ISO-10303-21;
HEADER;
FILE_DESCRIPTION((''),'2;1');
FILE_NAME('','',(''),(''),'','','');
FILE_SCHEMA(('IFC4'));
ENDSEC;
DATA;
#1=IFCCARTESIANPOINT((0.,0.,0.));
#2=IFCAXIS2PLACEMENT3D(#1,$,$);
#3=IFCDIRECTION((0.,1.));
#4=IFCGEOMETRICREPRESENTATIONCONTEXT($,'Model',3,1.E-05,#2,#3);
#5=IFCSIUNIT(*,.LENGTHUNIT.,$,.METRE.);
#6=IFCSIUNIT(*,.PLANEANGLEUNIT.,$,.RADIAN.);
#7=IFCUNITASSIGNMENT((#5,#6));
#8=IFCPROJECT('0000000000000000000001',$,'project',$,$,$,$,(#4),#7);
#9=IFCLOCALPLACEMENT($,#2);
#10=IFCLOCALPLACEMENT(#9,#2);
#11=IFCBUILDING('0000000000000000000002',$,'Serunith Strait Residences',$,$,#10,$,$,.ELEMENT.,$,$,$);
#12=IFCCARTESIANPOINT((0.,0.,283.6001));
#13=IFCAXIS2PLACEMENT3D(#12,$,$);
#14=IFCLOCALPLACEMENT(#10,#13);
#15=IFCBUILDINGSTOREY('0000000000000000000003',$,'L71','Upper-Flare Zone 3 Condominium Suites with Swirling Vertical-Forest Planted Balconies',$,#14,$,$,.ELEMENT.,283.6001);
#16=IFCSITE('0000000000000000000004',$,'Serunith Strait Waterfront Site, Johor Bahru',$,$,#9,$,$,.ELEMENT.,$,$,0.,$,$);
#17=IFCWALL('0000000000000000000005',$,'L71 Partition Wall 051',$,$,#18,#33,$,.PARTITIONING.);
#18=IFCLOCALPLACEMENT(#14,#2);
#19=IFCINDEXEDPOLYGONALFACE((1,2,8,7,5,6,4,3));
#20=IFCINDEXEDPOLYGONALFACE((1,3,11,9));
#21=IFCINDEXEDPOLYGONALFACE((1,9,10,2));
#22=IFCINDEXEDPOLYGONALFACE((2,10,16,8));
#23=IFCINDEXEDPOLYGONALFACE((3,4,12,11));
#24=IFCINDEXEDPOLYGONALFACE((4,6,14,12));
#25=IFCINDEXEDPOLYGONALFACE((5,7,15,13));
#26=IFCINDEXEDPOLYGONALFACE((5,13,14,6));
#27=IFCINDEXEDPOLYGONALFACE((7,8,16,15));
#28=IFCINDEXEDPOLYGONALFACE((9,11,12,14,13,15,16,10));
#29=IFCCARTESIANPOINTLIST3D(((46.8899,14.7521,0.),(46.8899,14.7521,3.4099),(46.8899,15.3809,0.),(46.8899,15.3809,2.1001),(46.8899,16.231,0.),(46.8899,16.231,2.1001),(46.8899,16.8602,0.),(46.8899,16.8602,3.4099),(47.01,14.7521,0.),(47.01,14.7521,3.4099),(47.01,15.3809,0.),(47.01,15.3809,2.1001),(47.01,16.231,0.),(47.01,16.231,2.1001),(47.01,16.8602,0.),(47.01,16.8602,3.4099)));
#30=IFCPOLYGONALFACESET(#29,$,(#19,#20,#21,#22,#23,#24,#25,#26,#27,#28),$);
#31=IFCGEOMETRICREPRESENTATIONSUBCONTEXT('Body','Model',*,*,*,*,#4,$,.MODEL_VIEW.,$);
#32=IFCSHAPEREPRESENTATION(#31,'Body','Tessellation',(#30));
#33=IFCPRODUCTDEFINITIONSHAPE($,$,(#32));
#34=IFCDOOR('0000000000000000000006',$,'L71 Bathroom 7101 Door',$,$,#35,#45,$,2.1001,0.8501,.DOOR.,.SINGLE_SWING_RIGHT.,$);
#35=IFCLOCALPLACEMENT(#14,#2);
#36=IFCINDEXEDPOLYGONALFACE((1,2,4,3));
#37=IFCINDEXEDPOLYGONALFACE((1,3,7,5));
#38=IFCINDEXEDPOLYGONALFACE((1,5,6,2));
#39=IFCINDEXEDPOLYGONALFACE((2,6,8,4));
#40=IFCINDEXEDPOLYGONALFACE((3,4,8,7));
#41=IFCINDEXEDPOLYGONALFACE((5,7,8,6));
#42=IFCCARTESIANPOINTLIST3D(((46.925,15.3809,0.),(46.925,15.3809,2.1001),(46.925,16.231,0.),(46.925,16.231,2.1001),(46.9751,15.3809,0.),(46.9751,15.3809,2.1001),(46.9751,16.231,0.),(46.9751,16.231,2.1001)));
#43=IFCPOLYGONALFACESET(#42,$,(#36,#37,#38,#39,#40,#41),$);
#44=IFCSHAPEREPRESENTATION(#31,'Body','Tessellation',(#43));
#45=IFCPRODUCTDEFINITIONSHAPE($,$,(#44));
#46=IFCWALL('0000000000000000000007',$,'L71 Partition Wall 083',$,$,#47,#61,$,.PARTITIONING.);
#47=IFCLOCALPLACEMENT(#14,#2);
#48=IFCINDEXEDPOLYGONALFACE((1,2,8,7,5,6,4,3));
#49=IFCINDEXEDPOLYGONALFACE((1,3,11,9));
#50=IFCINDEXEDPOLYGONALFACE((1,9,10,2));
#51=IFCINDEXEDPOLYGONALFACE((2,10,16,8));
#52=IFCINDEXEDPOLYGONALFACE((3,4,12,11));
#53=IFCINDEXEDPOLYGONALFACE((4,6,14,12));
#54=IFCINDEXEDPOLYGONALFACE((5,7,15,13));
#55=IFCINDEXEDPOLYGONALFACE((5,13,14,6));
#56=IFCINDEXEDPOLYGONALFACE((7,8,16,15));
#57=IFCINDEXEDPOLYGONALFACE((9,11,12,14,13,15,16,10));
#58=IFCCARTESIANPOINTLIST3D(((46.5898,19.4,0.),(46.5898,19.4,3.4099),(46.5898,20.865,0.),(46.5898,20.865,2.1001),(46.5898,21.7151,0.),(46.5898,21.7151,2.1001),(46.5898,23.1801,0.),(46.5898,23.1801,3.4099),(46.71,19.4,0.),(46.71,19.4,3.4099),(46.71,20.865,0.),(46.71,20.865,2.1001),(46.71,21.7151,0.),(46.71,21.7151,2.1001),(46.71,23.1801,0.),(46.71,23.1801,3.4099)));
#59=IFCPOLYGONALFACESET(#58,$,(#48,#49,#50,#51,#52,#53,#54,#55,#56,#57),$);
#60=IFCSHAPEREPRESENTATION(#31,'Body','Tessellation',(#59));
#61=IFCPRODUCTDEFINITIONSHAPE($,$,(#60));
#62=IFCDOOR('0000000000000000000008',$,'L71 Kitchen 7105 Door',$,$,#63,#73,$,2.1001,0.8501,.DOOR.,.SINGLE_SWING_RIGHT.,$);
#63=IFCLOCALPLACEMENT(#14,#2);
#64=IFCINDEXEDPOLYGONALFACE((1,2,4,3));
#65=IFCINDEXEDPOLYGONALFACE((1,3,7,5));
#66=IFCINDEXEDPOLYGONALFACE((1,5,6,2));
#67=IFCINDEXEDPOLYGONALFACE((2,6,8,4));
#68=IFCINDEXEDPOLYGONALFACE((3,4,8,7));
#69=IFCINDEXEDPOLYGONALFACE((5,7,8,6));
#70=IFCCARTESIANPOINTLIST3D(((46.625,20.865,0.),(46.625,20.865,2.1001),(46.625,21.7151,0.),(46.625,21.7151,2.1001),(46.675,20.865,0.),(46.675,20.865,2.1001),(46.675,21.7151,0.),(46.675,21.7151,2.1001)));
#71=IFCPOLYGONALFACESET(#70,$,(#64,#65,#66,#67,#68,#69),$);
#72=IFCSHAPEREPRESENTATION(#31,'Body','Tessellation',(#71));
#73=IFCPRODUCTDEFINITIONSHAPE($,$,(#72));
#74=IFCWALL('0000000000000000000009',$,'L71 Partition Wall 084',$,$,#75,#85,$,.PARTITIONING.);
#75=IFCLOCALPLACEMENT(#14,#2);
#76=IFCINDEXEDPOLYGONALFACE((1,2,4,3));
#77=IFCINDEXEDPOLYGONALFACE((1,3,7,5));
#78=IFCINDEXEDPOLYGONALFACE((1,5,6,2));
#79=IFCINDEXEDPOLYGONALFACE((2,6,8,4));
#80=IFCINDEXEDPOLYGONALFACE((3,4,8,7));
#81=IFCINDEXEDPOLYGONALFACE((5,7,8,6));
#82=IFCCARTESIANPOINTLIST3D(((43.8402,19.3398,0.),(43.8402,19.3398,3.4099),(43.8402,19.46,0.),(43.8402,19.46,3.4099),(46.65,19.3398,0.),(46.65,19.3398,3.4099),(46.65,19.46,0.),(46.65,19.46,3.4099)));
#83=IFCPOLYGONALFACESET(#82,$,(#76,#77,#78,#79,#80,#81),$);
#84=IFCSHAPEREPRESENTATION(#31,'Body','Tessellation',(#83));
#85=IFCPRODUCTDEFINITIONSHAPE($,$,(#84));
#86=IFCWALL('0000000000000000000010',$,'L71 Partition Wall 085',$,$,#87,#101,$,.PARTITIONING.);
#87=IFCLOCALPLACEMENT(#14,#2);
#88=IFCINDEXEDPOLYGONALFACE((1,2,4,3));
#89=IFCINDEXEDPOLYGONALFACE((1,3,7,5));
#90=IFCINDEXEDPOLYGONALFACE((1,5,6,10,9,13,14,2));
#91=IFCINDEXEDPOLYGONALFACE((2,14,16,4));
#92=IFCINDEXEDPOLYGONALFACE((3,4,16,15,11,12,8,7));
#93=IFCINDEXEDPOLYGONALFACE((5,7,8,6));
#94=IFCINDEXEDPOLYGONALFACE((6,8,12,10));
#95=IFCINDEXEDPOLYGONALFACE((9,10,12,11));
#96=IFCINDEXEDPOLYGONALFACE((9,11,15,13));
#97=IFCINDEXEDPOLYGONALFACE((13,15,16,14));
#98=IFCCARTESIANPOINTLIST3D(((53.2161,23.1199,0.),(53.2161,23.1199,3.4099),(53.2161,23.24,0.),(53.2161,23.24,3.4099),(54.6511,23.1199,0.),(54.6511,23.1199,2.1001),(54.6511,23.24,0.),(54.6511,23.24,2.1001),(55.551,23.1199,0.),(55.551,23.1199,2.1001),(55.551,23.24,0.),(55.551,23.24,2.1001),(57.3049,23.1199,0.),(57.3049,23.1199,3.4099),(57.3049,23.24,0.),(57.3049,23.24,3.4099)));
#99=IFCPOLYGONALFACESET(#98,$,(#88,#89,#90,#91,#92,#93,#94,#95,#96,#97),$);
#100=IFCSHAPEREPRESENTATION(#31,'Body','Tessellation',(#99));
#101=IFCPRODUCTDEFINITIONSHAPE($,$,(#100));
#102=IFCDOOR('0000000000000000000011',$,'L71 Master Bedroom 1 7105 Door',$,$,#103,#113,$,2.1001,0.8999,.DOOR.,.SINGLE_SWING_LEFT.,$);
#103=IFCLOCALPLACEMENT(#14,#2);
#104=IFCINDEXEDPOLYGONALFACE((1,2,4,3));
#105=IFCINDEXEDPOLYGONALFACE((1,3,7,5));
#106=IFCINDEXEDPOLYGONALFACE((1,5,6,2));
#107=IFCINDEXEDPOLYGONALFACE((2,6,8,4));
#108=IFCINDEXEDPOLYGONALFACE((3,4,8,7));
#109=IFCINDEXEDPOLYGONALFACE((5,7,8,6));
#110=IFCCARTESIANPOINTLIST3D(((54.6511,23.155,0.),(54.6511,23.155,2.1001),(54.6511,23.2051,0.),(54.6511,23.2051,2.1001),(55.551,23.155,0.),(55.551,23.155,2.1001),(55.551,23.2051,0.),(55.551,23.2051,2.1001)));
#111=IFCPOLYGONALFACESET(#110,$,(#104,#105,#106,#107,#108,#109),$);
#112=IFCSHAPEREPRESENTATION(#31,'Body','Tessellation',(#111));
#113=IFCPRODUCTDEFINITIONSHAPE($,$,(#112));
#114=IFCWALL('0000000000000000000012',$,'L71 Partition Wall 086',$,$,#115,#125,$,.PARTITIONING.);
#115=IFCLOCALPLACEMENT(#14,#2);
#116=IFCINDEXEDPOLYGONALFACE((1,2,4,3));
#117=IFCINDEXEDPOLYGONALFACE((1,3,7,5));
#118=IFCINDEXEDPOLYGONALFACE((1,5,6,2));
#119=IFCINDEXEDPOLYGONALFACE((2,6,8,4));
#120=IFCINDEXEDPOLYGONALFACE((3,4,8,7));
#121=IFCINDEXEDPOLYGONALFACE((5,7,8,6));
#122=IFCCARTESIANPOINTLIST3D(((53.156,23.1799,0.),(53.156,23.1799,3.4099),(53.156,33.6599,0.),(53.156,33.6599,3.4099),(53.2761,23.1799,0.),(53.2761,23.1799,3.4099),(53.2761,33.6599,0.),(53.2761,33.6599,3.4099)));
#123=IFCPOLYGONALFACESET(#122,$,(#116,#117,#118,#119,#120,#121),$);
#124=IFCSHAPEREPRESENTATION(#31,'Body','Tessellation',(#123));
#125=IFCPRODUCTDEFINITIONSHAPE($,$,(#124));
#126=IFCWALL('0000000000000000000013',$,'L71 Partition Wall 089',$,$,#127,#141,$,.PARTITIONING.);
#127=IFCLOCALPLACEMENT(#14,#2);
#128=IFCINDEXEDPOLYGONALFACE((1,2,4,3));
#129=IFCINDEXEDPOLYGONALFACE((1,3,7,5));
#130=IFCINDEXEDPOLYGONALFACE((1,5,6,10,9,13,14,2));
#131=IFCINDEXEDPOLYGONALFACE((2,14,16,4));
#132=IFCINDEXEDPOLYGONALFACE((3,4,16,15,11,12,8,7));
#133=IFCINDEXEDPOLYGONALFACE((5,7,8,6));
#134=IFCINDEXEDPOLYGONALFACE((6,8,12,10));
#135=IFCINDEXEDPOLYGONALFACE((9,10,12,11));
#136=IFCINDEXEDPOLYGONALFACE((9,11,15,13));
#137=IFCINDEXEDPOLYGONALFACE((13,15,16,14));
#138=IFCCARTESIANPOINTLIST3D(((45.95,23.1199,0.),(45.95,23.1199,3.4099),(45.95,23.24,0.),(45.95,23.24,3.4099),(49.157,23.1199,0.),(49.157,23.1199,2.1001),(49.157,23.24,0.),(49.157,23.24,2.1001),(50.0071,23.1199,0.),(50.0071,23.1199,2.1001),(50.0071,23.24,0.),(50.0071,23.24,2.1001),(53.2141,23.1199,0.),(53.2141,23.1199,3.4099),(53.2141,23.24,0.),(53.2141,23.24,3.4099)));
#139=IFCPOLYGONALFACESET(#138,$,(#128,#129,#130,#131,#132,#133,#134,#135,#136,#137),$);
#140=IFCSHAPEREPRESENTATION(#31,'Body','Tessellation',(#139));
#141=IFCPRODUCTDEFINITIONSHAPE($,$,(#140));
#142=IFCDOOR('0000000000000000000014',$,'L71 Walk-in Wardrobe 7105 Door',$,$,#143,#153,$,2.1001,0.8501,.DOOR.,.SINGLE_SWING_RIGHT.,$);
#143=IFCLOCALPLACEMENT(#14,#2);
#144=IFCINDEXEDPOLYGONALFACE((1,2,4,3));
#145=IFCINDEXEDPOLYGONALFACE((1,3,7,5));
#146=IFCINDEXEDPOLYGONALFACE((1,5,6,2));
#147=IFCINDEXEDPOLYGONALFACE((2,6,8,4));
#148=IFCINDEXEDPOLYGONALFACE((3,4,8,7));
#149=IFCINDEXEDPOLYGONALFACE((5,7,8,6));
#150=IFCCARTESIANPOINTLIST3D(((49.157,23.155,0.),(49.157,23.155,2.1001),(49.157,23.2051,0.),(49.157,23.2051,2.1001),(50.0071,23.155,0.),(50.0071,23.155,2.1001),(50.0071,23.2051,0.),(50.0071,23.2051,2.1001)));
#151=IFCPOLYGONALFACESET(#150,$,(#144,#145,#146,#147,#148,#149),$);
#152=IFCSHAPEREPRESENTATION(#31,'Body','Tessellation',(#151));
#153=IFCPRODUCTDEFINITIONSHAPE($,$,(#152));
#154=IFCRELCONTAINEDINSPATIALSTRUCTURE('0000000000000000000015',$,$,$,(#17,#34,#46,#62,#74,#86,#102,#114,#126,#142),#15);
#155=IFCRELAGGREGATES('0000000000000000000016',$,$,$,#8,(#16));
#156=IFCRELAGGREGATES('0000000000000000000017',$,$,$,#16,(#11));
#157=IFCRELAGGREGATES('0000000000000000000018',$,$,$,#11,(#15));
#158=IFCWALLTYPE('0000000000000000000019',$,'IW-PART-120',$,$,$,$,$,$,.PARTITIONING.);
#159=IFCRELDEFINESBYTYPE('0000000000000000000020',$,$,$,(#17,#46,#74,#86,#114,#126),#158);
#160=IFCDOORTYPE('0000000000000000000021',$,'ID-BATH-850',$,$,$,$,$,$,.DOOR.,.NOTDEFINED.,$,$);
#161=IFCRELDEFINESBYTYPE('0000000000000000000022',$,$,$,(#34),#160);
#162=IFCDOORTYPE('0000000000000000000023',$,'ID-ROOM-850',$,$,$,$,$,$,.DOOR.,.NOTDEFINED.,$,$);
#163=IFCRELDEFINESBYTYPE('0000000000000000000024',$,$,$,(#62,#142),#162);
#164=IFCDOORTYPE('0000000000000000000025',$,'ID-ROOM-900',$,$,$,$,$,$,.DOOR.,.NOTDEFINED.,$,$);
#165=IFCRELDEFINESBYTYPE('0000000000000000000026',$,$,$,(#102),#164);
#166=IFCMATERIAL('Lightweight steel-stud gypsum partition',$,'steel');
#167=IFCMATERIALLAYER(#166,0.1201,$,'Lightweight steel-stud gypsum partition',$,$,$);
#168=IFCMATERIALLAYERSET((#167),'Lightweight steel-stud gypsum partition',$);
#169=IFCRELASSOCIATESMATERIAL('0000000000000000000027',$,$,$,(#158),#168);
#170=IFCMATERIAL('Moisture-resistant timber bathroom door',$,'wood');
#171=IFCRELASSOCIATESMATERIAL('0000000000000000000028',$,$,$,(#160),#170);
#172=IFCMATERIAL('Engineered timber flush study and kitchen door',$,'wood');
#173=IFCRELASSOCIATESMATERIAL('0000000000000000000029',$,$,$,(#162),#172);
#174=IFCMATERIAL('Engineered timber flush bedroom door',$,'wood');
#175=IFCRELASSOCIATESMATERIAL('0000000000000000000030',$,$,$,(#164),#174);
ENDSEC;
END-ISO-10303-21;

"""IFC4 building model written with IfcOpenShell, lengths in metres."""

from ifc_helpers import new_model, si_unit, direction, frame, frame_2d, origin, place, context, subcontext, project, spatial, rectangle, extrude, source, transform, mapped, material, layer, layer_set, type_object, element, fill, save


model = new_model("IFC4")

# Units and contexts
model_context = context("Model", 3, precision=1e-05, world=origin(), true_north=direction((0.0, 1.0)))
body_context = subcontext(model_context, "Body", "Model", "MODEL_VIEW")
ifc_project = project(units=[si_unit("LENGTHUNIT", "METRE"), si_unit("PLANEANGLEUNIT", "RADIAN")], contexts=[model_context])

# Site, building, storey
site_placement = place(None, origin())
site = spatial("IfcSite", under=ifc_project, at=site_placement, Name="Serunith Strait Waterfront Site, Johor Bahru", CompositionType="ELEMENT", RefElevation=0.0)
building_placement = place(site_placement, origin())
building = spatial("IfcBuilding", under=site, at=building_placement, Name="Serunith Strait Residences", CompositionType="ELEMENT")
storey_placement = place(building_placement, frame((0.0, 0.0, 283.6001)))
storey = spatial("IfcBuildingStorey", under=building, at=storey_placement, Name="L71", Description="Upper-Flare Zone 3 Condominium Suites with Swirling Vertical-Forest Planted Balconies", CompositionType="ELEMENT", Elevation=283.6001)

# Shared definitions
ifc_material_1 = material(Name="Lightweight steel-stud gypsum partition", Category="steel")
ifc_layer_1 = layer(ifc_material_1, 0.1201, Name="Lightweight steel-stud gypsum partition")
ifc_layer_set_1 = layer_set([ifc_layer_1], Name="Lightweight steel-stud gypsum partition")
wall_type = type_object("IfcWallType", Name="IW-PART-120", PredefinedType="PARTITIONING", material=ifc_layer_set_1)

# Walls, openings, doors
wall_1_placement = place(storey_placement, frame((46.95, 14.752, 0.0), z_axis=(0.0, 0.0, 1.0), x_axis=(0.0, 1.0, 0.0)))
wall_1 = element("IfcWall", 1, at=wall_1_placement, inside=storey, type_object=wall_type, Name="L71 Partition Wall 051", PredefinedType="PARTITIONING", context=body_context, shape_type="SweptSolid", body=[
    extrude(rectangle(XDim=2.1082, YDim=0.1201, at=frame_2d((1.0542, 0.0))), origin(), (0.0, 0.0, 1.0), 3.4099),
])
opening_1_placement = place(wall_1_placement, frame((0.6289, 0.0, 0.0)))
opening_1 = element("IfcOpeningElement", 2, at=opening_1_placement, cuts=wall_1, PredefinedType="OPENING", context=body_context, shape_type="SweptSolid", body=[
    extrude(rectangle(XDim=0.8501, YDim=2.1001, at=frame_2d((0.425, 1.05))), frame((0.0, 0.0701, 0.0), z_axis=(0.0, -1.0, 0.0), x_axis=(1.0, 0.0, 0.0)), (0.0, 0.0, 1.0), 0.1401),
])
ifc_material_2 = material(Name="Moisture-resistant timber bathroom door", Category="wood")
door_type_1 = type_object("IfcDoorType", Name="ID-BATH-850", OperationType="NOTDEFINED", PredefinedType="DOOR", material=ifc_material_2)
shared_shape_1 = source(origin(), body_context, "Body", "SweptSolid", [
    extrude(rectangle(XDim=0.8501, YDim=2.1001, at=frame_2d((0.425, 1.05))), frame((0.0, 0.0249, 0.0), z_axis=(0.0, -1.0, 0.0), x_axis=(1.0, 0.0, 0.0)), (0.0, 0.0, 1.0), 0.05),
])
door_1_placement = place(opening_1_placement, origin())
door_1 = element("IfcDoor", 3, at=door_1_placement, inside=storey, type_object=door_type_1, Name="L71 Bathroom 7101 Door", OperationType="SINGLE_SWING_RIGHT", OverallHeight=2.1001, OverallWidth=0.8501, PredefinedType="DOOR", context=body_context, shape_type="MappedRepresentation", body=[
    mapped(shared_shape_1, transform((0.0, 0.0, 0.0), scale=1.0)),
])
fill(opening_1, door_1)
wall_2_placement = place(storey_placement, frame((46.6499, 19.3999, 0.0), z_axis=(0.0, 0.0, 1.0), x_axis=(0.0, 1.0, 0.0)))
wall_2 = element("IfcWall", 4, at=wall_2_placement, inside=storey, type_object=wall_type, Name="L71 Partition Wall 083", PredefinedType="PARTITIONING", context=body_context, shape_type="SweptSolid", body=[
    extrude(rectangle(XDim=3.78, YDim=0.1201, at=frame_2d((1.8901, 0.0))), origin(), (0.0, 0.0, 1.0), 3.4099),
])
opening_2_placement = place(wall_2_placement, frame((1.4651, 0.0, 0.0)))
opening_2 = element("IfcOpeningElement", 5, at=opening_2_placement, cuts=wall_2, PredefinedType="OPENING", context=body_context, shape_type="SweptSolid", body=[
    extrude(rectangle(XDim=0.8501, YDim=2.1001, at=frame_2d((0.425, 1.05))), frame((0.0, 0.0701, 0.0), z_axis=(0.0, -1.0, 0.0), x_axis=(1.0, 0.0, 0.0)), (0.0, 0.0, 1.0), 0.1401),
])
ifc_material_3 = material(Name="Engineered timber flush study and kitchen door", Category="wood")
door_type_2 = type_object("IfcDoorType", Name="ID-ROOM-850", OperationType="NOTDEFINED", PredefinedType="DOOR", material=ifc_material_3)
door_2_placement = place(opening_2_placement, origin())
door_2 = element("IfcDoor", 6, at=door_2_placement, inside=storey, type_object=door_type_2, Name="L71 Kitchen 7105 Door", OperationType="SINGLE_SWING_RIGHT", OverallHeight=2.1001, OverallWidth=0.8501, PredefinedType="DOOR", context=body_context, shape_type="MappedRepresentation", body=[
    mapped(shared_shape_1, transform((0.0, 0.0, 0.0), scale=1.0)),
])
fill(opening_2, door_2)

# Wall
wall_3_placement = place(storey_placement, frame((46.6499, 19.3999, 0.0), z_axis=(0.0, 0.0, 1.0), x_axis=(-1.0, 0.0, 0.0)))
element("IfcWall", 7, at=wall_3_placement, inside=storey, type_object=wall_type, Name="L71 Partition Wall 084", PredefinedType="PARTITIONING", context=body_context, shape_type="SweptSolid", body=[
    extrude(rectangle(XDim=2.8098, YDim=0.1201, at=frame_2d((1.4048, 0.0))), origin(), (0.0, 0.0, 1.0), 3.4099),
])

# Wall, opening, door
wall_4_placement = place(storey_placement, frame((57.3049, 23.1799, 0.0), z_axis=(0.0, 0.0, 1.0), x_axis=(-1.0, 0.0, 0.0)))
wall_4 = element("IfcWall", 8, at=wall_4_placement, inside=storey, type_object=wall_type, Name="L71 Partition Wall 085", PredefinedType="PARTITIONING", context=body_context, shape_type="SweptSolid", body=[
    extrude(rectangle(XDim=4.0889, YDim=0.1201, at=frame_2d((2.0444, 0.0))), origin(), (0.0, 0.0, 1.0), 3.4099),
])
opening_3_placement = place(wall_4_placement, frame((1.7539, 0.0, 0.0)))
opening_3 = element("IfcOpeningElement", 9, at=opening_3_placement, cuts=wall_4, PredefinedType="OPENING", context=body_context, shape_type="SweptSolid", body=[
    extrude(rectangle(XDim=0.8999, YDim=2.1001, at=frame_2d((0.45, 1.05))), frame((0.0, 0.0701, 0.0), z_axis=(0.0, -1.0, 0.0), x_axis=(1.0, 0.0, 0.0)), (0.0, 0.0, 1.0), 0.1401),
])
ifc_material_4 = material(Name="Engineered timber flush bedroom door", Category="wood")
door_type_3 = type_object("IfcDoorType", Name="ID-ROOM-900", OperationType="NOTDEFINED", PredefinedType="DOOR", material=ifc_material_4)
shared_shape_2 = source(origin(), body_context, "Body", "SweptSolid", [
    extrude(rectangle(XDim=0.8999, YDim=2.1001, at=frame_2d((0.45, 1.05))), frame((0.0, 0.0249, 0.0), z_axis=(0.0, -1.0, 0.0), x_axis=(1.0, 0.0, 0.0)), (0.0, 0.0, 1.0), 0.05),
])
door_3_placement = place(opening_3_placement, origin())
door_3 = element("IfcDoor", 10, at=door_3_placement, inside=storey, type_object=door_type_3, Name="L71 Master Bedroom 1 7105 Door", OperationType="SINGLE_SWING_LEFT", OverallHeight=2.1001, OverallWidth=0.8999, PredefinedType="DOOR", context=body_context, shape_type="MappedRepresentation", body=[
    mapped(shared_shape_2, transform((0.0, 0.0, 0.0), scale=1.0)),
])
fill(opening_3, door_3)

# Wall
wall_5_placement = place(storey_placement, frame((53.2161, 23.1799, 0.0), z_axis=(0.0, 0.0, 1.0), x_axis=(0.0, 1.0, 0.0)))
element("IfcWall", 11, at=wall_5_placement, inside=storey, type_object=wall_type, Name="L71 Partition Wall 086", PredefinedType="PARTITIONING", context=body_context, shape_type="SweptSolid", body=[
    extrude(rectangle(XDim=10.48, YDim=0.1201, at=frame_2d((5.24, 0.0))), origin(), (0.0, 0.0, 1.0), 3.4099),
])

# Wall, opening, door
wall_6_placement = place(storey_placement, frame((53.2141, 23.1799, 0.0), z_axis=(0.0, 0.0, 1.0), x_axis=(-1.0, 0.0, 0.0)))
wall_6 = element("IfcWall", 12, at=wall_6_placement, inside=storey, type_object=wall_type, Name="L71 Partition Wall 089", PredefinedType="PARTITIONING", context=body_context, shape_type="SweptSolid", body=[
    extrude(rectangle(XDim=7.2642, YDim=0.1201, at=frame_2d((3.6321, 0.0))), origin(), (0.0, 0.0, 1.0), 3.4099),
])
opening_4_placement = place(wall_6_placement, frame((3.207, 0.0, 0.0)))
opening_4 = element("IfcOpeningElement", 13, at=opening_4_placement, cuts=wall_6, PredefinedType="OPENING", context=body_context, shape_type="SweptSolid", body=[
    extrude(rectangle(XDim=0.8501, YDim=2.1001, at=frame_2d((0.425, 1.05))), frame((0.0, 0.0701, 0.0), z_axis=(0.0, -1.0, 0.0), x_axis=(1.0, 0.0, 0.0)), (0.0, 0.0, 1.0), 0.1401),
])
door_4_placement = place(opening_4_placement, origin())
door_4 = element("IfcDoor", 14, at=door_4_placement, inside=storey, type_object=door_type_2, Name="L71 Walk-in Wardrobe 7105 Door", OperationType="SINGLE_SWING_RIGHT", OverallHeight=2.1001, OverallWidth=0.8501, PredefinedType="DOOR", context=body_context, shape_type="MappedRepresentation", body=[
    mapped(shared_shape_1, transform((0.0, 0.0, 0.0), scale=1.0)),
])
fill(opening_4, door_4)

save(model, "model.ifc")
